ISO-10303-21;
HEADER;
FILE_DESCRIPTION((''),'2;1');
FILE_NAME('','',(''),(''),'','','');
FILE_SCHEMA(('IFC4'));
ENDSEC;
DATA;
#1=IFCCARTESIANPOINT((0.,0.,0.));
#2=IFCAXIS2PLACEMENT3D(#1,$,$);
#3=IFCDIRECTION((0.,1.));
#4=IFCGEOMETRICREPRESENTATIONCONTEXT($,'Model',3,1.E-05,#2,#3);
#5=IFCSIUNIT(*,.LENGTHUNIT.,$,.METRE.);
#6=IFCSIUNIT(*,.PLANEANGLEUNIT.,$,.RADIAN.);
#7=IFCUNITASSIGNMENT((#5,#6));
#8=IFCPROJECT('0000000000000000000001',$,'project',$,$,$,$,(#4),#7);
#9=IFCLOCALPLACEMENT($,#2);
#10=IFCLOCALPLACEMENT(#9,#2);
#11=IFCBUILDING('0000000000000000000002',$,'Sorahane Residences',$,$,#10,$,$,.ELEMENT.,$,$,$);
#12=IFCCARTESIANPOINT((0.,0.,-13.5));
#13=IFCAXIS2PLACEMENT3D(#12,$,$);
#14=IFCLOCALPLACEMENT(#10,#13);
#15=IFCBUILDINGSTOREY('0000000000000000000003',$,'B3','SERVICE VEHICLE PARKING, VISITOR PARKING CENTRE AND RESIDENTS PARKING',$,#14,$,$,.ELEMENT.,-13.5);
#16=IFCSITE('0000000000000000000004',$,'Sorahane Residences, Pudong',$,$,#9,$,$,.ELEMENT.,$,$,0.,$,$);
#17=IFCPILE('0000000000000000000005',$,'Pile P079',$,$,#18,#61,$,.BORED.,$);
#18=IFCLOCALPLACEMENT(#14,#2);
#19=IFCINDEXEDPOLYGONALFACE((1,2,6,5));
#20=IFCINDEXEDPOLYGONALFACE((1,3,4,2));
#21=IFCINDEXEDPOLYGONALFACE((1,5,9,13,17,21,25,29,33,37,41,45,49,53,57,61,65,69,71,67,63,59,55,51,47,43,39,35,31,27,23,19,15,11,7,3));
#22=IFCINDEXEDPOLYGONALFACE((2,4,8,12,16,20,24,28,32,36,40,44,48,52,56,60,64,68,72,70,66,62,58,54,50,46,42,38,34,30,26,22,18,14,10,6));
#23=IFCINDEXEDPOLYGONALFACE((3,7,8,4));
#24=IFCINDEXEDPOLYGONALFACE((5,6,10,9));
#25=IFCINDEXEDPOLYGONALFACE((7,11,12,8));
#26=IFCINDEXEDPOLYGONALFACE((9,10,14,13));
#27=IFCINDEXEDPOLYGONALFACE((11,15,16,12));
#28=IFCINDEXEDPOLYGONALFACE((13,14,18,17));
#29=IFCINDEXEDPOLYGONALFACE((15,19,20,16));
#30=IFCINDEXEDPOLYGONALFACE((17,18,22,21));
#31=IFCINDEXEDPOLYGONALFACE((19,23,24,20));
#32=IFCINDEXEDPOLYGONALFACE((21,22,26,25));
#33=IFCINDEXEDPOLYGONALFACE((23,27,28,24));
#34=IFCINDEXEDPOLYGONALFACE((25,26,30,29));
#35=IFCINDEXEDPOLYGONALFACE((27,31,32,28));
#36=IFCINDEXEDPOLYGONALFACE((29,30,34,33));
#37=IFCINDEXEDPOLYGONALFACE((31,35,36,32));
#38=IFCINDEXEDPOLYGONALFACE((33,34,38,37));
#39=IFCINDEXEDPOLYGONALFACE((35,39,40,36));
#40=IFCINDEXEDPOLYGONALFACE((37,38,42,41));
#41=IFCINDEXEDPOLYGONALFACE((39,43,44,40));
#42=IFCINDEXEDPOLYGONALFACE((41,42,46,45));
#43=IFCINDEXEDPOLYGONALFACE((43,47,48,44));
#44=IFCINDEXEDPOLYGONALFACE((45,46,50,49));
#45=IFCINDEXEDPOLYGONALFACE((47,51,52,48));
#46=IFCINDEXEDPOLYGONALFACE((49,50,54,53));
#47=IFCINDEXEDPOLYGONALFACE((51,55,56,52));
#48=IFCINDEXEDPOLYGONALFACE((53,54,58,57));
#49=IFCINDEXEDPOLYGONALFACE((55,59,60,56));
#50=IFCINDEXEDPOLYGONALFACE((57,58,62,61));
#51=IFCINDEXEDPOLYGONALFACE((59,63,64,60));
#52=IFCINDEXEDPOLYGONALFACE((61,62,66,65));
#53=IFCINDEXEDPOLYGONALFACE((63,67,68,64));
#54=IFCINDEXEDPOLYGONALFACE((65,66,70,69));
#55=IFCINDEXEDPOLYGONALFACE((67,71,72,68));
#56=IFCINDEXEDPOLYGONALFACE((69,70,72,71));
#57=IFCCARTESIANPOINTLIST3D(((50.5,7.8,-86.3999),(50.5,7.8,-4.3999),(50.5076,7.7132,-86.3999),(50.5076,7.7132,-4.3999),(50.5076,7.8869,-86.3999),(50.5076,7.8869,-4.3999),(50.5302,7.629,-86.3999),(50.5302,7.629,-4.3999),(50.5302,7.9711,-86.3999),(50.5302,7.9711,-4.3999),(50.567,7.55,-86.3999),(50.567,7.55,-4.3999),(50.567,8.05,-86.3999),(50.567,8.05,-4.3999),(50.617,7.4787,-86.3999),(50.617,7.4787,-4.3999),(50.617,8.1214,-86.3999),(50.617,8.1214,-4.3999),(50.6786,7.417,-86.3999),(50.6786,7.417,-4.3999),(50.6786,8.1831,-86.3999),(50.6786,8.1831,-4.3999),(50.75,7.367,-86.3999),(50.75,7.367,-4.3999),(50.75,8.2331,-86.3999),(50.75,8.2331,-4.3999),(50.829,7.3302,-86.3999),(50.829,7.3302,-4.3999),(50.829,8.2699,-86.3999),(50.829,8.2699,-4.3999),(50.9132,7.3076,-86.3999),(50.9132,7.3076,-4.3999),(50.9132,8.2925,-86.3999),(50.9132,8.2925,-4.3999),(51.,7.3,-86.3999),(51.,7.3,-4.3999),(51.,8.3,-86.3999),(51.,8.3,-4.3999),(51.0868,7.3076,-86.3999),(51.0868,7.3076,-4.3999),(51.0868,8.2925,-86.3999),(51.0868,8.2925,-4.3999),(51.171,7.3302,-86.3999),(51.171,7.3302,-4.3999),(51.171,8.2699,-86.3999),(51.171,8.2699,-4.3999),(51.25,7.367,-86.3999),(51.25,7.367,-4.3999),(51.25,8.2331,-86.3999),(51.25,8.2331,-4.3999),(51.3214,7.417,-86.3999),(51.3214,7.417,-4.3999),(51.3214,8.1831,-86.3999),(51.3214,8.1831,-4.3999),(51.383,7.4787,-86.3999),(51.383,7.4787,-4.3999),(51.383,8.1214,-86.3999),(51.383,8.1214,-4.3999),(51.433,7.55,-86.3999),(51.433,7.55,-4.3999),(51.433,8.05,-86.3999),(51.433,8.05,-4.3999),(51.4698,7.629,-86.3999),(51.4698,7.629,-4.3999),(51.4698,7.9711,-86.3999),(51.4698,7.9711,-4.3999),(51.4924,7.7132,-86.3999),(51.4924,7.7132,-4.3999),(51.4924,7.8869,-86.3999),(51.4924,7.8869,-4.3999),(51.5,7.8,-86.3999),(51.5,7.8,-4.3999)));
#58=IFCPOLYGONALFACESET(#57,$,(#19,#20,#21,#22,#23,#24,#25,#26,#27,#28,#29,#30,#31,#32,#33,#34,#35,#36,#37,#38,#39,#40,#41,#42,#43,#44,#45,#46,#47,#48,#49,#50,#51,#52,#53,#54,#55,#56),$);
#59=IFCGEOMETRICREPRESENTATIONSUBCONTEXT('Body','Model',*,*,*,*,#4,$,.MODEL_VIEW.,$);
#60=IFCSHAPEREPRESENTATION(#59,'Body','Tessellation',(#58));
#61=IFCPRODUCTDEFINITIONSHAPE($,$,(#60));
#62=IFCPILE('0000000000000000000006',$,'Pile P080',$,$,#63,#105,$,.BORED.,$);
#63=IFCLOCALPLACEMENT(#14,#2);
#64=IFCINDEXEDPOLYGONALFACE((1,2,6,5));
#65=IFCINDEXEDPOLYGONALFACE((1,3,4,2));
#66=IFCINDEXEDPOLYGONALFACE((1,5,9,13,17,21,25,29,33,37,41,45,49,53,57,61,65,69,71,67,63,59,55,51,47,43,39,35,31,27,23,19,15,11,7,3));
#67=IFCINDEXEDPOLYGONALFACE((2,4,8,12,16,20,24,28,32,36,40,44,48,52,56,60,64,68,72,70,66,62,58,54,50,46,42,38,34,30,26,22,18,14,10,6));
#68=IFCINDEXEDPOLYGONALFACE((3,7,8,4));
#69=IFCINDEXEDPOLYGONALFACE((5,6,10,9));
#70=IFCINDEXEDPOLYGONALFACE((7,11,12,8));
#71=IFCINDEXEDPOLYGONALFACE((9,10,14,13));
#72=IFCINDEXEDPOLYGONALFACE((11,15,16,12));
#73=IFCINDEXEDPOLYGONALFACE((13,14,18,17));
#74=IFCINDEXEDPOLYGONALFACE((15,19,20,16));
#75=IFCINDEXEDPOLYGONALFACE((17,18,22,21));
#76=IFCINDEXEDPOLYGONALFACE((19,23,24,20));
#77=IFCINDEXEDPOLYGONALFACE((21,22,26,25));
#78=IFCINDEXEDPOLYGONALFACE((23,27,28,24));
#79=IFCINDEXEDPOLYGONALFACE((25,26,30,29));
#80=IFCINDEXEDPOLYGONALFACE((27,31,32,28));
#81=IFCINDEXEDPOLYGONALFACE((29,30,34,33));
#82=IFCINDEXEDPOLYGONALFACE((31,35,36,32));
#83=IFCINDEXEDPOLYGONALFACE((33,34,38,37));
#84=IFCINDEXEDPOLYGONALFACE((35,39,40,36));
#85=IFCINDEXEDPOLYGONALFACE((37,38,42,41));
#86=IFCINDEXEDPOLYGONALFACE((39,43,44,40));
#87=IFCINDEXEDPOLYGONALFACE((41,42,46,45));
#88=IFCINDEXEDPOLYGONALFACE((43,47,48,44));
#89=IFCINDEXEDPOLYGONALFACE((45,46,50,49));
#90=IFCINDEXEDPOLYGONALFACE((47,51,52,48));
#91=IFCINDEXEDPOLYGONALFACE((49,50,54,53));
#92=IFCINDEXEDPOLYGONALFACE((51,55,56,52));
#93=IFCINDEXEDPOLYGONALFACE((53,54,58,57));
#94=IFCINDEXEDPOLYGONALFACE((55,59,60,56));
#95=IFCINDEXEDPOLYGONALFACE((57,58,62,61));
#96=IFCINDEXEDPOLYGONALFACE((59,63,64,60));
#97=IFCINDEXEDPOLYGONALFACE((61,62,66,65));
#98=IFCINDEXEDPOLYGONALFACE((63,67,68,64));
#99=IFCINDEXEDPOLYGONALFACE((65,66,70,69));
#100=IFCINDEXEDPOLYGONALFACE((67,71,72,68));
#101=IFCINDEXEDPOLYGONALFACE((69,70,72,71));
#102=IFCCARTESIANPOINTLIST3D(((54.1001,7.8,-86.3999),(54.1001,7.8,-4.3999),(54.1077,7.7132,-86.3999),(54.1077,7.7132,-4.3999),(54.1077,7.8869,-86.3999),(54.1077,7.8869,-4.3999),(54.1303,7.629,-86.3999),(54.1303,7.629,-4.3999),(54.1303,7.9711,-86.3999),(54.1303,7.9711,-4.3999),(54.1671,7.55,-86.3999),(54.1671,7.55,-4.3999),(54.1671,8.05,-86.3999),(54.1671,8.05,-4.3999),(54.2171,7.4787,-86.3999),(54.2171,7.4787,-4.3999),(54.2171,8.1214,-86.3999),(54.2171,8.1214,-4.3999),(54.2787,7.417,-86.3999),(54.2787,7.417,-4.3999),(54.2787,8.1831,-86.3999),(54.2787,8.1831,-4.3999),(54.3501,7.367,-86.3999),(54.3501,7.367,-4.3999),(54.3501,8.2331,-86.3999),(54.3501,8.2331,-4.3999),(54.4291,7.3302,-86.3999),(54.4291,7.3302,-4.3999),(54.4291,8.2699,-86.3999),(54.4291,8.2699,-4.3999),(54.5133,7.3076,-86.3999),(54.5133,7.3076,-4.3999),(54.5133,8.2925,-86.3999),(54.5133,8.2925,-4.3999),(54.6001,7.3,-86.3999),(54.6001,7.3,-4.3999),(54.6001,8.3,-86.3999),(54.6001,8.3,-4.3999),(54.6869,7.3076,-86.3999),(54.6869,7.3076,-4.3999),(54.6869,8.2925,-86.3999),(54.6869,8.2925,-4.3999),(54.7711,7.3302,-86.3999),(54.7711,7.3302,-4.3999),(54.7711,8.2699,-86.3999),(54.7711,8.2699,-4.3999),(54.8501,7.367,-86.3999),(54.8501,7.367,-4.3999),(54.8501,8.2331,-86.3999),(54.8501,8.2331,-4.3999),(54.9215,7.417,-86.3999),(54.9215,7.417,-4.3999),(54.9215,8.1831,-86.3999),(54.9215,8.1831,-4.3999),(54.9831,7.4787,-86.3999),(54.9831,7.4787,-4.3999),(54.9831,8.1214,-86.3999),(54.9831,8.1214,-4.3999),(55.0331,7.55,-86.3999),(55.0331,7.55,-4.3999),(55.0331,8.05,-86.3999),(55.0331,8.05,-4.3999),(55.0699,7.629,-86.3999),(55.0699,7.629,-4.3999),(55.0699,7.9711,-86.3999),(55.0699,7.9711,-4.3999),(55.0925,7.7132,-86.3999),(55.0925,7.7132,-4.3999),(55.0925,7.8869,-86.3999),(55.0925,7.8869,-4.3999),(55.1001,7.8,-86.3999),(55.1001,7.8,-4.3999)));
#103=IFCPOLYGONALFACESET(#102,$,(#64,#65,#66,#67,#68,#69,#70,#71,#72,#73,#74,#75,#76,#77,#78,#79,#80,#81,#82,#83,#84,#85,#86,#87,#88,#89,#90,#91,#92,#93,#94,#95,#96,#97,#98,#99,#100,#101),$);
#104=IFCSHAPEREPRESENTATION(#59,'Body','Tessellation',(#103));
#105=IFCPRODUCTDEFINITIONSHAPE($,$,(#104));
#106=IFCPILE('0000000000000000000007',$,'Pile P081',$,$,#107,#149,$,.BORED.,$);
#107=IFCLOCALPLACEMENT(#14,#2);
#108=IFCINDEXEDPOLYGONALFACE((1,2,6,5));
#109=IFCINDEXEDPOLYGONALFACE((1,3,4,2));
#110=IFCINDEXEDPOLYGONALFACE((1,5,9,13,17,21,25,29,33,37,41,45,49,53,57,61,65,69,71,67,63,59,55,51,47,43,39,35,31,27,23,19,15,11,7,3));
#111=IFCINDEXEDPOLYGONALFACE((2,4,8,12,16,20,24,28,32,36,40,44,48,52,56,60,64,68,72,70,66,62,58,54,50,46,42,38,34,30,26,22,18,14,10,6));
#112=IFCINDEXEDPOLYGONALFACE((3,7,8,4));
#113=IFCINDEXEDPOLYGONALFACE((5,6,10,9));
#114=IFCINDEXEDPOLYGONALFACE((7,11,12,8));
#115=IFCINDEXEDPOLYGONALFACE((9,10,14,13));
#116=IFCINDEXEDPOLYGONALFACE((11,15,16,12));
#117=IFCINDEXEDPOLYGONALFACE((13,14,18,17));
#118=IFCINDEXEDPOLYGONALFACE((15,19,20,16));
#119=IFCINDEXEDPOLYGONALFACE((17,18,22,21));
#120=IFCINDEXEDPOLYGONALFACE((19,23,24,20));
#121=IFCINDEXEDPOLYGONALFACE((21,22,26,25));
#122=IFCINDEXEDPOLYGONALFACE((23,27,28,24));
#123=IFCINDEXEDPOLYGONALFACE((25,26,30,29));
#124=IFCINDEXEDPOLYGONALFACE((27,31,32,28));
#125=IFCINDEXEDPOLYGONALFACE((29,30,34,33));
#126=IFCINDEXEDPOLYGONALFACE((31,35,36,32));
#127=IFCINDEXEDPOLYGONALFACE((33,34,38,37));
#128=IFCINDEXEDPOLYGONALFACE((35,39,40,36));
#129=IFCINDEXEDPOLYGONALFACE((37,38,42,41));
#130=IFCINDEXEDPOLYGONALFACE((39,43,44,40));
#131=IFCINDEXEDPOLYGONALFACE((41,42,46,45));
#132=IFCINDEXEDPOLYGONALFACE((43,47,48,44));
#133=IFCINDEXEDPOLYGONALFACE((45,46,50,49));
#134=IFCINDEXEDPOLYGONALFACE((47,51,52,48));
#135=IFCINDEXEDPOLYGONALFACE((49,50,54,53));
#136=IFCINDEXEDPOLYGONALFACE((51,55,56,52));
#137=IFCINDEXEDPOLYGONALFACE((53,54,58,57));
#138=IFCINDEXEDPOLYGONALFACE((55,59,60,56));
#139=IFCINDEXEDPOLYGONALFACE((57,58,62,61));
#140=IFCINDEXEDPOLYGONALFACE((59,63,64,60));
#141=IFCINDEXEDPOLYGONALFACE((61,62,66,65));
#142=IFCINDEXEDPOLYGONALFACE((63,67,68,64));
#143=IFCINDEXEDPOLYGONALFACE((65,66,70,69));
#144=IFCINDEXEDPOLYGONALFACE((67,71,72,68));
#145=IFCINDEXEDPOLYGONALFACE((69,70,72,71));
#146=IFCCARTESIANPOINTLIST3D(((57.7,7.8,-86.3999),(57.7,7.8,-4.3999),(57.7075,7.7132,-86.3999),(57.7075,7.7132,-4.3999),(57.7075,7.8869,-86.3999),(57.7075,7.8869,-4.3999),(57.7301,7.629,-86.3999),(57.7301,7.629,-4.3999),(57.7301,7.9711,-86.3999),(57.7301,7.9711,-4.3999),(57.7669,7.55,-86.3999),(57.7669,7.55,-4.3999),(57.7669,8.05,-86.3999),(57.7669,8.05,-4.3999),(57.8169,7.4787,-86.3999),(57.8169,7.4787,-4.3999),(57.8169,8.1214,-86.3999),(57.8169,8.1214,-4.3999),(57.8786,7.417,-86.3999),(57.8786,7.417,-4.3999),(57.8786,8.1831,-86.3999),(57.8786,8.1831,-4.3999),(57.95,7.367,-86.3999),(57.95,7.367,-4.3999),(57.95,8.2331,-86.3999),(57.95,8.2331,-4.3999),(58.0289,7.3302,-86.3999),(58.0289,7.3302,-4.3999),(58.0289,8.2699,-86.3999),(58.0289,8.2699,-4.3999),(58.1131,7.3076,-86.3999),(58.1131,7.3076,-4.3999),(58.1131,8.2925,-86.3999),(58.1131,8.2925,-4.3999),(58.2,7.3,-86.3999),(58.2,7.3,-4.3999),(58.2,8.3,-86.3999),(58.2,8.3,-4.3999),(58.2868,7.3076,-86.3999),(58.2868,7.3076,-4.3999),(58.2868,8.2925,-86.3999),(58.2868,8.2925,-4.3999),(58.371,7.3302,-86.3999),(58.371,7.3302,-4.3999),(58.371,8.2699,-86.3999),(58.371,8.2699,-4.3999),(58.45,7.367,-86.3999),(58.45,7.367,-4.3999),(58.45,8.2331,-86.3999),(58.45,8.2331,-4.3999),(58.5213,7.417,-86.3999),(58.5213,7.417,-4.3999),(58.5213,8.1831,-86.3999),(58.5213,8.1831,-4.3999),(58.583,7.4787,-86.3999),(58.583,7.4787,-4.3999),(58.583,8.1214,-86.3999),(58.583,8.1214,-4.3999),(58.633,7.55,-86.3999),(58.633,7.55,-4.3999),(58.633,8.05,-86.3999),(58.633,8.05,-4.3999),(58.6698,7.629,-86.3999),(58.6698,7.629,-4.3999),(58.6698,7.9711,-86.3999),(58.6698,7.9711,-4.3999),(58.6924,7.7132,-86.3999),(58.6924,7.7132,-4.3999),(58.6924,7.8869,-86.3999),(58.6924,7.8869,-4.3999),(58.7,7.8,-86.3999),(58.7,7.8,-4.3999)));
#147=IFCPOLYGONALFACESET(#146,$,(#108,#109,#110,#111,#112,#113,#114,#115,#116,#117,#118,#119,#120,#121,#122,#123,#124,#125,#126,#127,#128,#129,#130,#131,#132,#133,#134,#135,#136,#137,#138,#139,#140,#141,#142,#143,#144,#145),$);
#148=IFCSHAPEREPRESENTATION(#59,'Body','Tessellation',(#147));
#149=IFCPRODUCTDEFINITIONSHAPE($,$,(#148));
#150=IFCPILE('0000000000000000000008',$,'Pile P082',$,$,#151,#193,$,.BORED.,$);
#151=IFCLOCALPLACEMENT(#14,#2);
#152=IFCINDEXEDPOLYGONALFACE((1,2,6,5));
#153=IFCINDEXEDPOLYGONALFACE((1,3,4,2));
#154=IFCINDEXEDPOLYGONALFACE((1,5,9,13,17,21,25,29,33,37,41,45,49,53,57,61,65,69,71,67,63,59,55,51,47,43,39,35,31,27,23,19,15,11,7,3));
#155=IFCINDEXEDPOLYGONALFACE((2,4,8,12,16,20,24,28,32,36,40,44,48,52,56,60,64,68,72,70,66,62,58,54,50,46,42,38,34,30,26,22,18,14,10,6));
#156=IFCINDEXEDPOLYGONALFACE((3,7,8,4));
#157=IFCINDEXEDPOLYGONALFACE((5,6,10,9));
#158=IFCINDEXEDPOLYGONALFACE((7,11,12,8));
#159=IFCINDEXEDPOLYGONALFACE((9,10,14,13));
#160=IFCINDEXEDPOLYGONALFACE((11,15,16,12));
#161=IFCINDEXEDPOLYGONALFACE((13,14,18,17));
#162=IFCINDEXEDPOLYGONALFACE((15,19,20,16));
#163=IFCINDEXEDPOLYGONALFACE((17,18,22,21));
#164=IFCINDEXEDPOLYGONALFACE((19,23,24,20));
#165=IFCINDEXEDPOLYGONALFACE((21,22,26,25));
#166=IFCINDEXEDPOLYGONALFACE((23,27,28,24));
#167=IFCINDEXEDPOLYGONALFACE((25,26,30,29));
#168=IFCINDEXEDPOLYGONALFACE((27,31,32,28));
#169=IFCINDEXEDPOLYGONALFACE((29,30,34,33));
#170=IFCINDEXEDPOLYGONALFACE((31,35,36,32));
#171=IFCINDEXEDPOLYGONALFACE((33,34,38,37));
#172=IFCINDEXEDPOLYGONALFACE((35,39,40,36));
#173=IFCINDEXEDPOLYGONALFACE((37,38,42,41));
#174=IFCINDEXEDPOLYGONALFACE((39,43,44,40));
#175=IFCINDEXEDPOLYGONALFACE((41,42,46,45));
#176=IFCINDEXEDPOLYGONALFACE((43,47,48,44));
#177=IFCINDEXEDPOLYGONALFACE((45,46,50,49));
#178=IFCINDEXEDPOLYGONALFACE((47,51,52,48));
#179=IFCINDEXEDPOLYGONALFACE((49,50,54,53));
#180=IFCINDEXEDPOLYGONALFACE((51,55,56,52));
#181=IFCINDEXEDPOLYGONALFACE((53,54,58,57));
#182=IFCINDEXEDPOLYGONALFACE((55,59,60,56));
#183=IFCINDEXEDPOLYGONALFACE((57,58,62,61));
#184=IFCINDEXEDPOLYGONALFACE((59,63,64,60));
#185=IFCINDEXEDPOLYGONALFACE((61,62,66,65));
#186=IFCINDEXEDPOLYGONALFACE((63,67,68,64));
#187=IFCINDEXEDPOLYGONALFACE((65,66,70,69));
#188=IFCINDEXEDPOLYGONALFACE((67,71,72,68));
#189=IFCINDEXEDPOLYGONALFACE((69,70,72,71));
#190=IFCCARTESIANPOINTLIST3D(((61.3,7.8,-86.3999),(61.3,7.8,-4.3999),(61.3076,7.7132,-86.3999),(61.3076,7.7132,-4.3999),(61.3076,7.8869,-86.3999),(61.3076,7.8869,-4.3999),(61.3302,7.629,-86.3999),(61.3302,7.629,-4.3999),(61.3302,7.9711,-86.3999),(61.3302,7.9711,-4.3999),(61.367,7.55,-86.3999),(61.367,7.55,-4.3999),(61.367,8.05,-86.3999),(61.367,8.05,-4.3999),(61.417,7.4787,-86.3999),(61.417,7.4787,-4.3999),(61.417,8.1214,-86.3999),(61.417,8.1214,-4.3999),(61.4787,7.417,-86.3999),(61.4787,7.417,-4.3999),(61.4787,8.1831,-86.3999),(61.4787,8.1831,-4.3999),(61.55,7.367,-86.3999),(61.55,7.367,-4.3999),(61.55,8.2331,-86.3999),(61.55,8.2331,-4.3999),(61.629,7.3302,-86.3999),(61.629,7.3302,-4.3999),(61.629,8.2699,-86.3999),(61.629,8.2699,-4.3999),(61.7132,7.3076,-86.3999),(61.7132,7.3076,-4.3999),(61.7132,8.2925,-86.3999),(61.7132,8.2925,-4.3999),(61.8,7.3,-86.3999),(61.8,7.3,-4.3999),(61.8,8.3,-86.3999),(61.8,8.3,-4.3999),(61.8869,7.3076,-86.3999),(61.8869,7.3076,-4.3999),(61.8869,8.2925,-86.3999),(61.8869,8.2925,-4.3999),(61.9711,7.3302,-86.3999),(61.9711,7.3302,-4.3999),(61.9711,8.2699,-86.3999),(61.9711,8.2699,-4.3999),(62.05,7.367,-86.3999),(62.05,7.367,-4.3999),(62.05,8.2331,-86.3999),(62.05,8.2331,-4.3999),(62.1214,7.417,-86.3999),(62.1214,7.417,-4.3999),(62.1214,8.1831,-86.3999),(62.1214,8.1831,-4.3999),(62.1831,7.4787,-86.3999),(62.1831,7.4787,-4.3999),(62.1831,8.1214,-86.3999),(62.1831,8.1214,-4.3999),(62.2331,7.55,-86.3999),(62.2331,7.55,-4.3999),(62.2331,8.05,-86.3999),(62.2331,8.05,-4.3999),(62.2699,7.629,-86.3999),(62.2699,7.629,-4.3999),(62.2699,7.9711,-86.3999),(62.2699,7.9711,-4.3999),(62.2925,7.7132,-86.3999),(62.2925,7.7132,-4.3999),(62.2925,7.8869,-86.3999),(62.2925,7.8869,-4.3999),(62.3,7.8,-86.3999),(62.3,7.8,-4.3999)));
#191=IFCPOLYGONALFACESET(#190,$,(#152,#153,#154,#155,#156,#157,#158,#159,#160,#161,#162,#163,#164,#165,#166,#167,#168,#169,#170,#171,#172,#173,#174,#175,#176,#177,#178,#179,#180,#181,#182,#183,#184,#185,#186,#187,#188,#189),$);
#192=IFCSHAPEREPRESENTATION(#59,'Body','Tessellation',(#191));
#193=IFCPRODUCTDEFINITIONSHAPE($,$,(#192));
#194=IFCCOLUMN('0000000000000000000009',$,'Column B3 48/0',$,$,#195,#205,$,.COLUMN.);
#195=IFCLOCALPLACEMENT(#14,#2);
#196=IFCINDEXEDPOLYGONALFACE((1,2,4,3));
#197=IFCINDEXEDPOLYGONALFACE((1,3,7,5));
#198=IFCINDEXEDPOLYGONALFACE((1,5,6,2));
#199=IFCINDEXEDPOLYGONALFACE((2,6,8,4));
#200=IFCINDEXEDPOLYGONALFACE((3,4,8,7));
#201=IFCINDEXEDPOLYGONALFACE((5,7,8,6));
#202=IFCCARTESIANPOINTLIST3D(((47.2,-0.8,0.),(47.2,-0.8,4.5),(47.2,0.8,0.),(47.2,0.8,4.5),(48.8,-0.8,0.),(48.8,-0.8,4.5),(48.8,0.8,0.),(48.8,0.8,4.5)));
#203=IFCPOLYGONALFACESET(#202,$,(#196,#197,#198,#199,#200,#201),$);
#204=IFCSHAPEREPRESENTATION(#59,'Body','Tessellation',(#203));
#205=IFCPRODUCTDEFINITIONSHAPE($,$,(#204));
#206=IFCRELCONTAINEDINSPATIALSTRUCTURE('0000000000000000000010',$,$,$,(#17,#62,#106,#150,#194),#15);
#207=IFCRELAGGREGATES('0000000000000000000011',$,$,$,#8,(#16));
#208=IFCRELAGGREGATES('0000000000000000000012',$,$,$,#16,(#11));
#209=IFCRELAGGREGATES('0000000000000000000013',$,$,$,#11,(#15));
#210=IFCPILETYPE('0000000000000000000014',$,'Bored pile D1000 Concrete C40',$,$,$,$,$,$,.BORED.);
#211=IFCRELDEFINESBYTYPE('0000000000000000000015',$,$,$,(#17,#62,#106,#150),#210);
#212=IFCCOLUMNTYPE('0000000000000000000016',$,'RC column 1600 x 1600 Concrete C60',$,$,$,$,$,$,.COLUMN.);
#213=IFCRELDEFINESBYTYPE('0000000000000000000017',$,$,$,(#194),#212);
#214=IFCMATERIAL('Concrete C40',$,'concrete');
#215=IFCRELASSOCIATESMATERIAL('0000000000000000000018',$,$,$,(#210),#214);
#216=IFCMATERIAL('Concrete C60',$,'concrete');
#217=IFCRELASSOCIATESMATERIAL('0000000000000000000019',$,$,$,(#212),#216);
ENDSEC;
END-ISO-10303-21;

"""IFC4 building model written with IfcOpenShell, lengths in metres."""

from ifc_helpers import new_model, si_unit, direction, frame, origin, origin_2d, place, context, subcontext, project, spatial, rectangle, circle, extrude, material, material_profile, profile_set, type_object, element, save


model = new_model("IFC4")

# Units and contexts
model_context = context("Model", 3, precision=1e-05, world=origin(), true_north=direction((0.0, 1.0)))
body_context = subcontext(model_context, "Body", "Model", "MODEL_VIEW")
ifc_project = project(units=[si_unit("LENGTHUNIT", "METRE"), si_unit("PLANEANGLEUNIT", "RADIAN")], contexts=[model_context])

# Site, building, storey
site_placement = place(None, origin())
site = spatial("IfcSite", under=ifc_project, at=site_placement, Name="Sorahane Residences, Pudong", CompositionType="ELEMENT", RefElevation=0.0)
building_placement = place(site_placement, origin())
building = spatial("IfcBuilding", under=site, at=building_placement, Name="Sorahane Residences", CompositionType="ELEMENT")
storey_placement = place(building_placement, frame((0.0, 0.0, -13.5)))
storey = spatial("IfcBuildingStorey", under=building, at=storey_placement, Name="B3", Description="SERVICE VEHICLE PARKING, VISITOR PARKING CENTRE AND RESIDENTS PARKING", CompositionType="ELEMENT", Elevation=-13.5)

# Piles
ifc_material_1 = material(Name="Concrete C40", Category="concrete")
ifc_material_profile_1 = material_profile(ifc_material_1, circle(Radius=0.5, at=origin_2d()), Name="D1000")
ifc_profile_set_1 = profile_set([ifc_material_profile_1], Name="Concrete C40")
pile_type = type_object("IfcPileType", Name="Bored pile D1000 Concrete C40", PredefinedType="BORED", material=ifc_profile_set_1)
for number, where, z_axis, x_axis, name in (
    (1, (51.0, 7.8, -4.3999), (0.0, 0.0, -1.0), (1.0, 0.0, 0.0), "Pile P079"),
    (2, (54.6001, 7.8, -4.3999), (0.0, 0.0, -1.0), (1.0, 0.0, 0.0), "Pile P080"),
    (3, (58.2, 7.8, -4.3999), (0.0, 0.0, -1.0), (1.0, 0.0, 0.0), "Pile P081"),
    (4, (61.8, 7.8, -4.3999), (0.0, 0.0, -1.0), (1.0, 0.0, 0.0), "Pile P082"),
):
    element("IfcPile", number, at=place(storey_placement, frame(where, z_axis=z_axis, x_axis=x_axis)), inside=storey, type_object=pile_type, Name=name, PredefinedType="BORED", context=body_context, shape_type="SweptSolid", body=[
        extrude(circle(Radius=0.5, at=origin_2d()), origin(), (0.0, 0.0, 1.0), 82.0),
    ])

# Column
ifc_material_2 = material(Name="Concrete C60", Category="concrete")
ifc_material_profile_2 = material_profile(ifc_material_2, rectangle(XDim=1.6001, YDim=1.6001, at=origin_2d()), Name="1600x1600")
ifc_profile_set_2 = profile_set([ifc_material_profile_2], Name="Concrete C60")
column_type = type_object("IfcColumnType", Name="RC column 1600 x 1600 Concrete C60", PredefinedType="COLUMN", material=ifc_profile_set_2)
column_placement = place(storey_placement, frame((48.0, 0.0, 0.0), z_axis=(0.0, 0.0, 1.0), x_axis=(1.0, 0.0, 0.0)))
element("IfcColumn", 5, at=column_placement, inside=storey, type_object=column_type, Name="Column B3 48/0", PredefinedType="COLUMN", context=body_context, shape_type="SweptSolid", body=[
    extrude(rectangle(XDim=1.6001, YDim=1.6001, at=origin_2d()), origin(), (0.0, 0.0, 1.0), 4.5),
])

save(model, "model.ifc")
